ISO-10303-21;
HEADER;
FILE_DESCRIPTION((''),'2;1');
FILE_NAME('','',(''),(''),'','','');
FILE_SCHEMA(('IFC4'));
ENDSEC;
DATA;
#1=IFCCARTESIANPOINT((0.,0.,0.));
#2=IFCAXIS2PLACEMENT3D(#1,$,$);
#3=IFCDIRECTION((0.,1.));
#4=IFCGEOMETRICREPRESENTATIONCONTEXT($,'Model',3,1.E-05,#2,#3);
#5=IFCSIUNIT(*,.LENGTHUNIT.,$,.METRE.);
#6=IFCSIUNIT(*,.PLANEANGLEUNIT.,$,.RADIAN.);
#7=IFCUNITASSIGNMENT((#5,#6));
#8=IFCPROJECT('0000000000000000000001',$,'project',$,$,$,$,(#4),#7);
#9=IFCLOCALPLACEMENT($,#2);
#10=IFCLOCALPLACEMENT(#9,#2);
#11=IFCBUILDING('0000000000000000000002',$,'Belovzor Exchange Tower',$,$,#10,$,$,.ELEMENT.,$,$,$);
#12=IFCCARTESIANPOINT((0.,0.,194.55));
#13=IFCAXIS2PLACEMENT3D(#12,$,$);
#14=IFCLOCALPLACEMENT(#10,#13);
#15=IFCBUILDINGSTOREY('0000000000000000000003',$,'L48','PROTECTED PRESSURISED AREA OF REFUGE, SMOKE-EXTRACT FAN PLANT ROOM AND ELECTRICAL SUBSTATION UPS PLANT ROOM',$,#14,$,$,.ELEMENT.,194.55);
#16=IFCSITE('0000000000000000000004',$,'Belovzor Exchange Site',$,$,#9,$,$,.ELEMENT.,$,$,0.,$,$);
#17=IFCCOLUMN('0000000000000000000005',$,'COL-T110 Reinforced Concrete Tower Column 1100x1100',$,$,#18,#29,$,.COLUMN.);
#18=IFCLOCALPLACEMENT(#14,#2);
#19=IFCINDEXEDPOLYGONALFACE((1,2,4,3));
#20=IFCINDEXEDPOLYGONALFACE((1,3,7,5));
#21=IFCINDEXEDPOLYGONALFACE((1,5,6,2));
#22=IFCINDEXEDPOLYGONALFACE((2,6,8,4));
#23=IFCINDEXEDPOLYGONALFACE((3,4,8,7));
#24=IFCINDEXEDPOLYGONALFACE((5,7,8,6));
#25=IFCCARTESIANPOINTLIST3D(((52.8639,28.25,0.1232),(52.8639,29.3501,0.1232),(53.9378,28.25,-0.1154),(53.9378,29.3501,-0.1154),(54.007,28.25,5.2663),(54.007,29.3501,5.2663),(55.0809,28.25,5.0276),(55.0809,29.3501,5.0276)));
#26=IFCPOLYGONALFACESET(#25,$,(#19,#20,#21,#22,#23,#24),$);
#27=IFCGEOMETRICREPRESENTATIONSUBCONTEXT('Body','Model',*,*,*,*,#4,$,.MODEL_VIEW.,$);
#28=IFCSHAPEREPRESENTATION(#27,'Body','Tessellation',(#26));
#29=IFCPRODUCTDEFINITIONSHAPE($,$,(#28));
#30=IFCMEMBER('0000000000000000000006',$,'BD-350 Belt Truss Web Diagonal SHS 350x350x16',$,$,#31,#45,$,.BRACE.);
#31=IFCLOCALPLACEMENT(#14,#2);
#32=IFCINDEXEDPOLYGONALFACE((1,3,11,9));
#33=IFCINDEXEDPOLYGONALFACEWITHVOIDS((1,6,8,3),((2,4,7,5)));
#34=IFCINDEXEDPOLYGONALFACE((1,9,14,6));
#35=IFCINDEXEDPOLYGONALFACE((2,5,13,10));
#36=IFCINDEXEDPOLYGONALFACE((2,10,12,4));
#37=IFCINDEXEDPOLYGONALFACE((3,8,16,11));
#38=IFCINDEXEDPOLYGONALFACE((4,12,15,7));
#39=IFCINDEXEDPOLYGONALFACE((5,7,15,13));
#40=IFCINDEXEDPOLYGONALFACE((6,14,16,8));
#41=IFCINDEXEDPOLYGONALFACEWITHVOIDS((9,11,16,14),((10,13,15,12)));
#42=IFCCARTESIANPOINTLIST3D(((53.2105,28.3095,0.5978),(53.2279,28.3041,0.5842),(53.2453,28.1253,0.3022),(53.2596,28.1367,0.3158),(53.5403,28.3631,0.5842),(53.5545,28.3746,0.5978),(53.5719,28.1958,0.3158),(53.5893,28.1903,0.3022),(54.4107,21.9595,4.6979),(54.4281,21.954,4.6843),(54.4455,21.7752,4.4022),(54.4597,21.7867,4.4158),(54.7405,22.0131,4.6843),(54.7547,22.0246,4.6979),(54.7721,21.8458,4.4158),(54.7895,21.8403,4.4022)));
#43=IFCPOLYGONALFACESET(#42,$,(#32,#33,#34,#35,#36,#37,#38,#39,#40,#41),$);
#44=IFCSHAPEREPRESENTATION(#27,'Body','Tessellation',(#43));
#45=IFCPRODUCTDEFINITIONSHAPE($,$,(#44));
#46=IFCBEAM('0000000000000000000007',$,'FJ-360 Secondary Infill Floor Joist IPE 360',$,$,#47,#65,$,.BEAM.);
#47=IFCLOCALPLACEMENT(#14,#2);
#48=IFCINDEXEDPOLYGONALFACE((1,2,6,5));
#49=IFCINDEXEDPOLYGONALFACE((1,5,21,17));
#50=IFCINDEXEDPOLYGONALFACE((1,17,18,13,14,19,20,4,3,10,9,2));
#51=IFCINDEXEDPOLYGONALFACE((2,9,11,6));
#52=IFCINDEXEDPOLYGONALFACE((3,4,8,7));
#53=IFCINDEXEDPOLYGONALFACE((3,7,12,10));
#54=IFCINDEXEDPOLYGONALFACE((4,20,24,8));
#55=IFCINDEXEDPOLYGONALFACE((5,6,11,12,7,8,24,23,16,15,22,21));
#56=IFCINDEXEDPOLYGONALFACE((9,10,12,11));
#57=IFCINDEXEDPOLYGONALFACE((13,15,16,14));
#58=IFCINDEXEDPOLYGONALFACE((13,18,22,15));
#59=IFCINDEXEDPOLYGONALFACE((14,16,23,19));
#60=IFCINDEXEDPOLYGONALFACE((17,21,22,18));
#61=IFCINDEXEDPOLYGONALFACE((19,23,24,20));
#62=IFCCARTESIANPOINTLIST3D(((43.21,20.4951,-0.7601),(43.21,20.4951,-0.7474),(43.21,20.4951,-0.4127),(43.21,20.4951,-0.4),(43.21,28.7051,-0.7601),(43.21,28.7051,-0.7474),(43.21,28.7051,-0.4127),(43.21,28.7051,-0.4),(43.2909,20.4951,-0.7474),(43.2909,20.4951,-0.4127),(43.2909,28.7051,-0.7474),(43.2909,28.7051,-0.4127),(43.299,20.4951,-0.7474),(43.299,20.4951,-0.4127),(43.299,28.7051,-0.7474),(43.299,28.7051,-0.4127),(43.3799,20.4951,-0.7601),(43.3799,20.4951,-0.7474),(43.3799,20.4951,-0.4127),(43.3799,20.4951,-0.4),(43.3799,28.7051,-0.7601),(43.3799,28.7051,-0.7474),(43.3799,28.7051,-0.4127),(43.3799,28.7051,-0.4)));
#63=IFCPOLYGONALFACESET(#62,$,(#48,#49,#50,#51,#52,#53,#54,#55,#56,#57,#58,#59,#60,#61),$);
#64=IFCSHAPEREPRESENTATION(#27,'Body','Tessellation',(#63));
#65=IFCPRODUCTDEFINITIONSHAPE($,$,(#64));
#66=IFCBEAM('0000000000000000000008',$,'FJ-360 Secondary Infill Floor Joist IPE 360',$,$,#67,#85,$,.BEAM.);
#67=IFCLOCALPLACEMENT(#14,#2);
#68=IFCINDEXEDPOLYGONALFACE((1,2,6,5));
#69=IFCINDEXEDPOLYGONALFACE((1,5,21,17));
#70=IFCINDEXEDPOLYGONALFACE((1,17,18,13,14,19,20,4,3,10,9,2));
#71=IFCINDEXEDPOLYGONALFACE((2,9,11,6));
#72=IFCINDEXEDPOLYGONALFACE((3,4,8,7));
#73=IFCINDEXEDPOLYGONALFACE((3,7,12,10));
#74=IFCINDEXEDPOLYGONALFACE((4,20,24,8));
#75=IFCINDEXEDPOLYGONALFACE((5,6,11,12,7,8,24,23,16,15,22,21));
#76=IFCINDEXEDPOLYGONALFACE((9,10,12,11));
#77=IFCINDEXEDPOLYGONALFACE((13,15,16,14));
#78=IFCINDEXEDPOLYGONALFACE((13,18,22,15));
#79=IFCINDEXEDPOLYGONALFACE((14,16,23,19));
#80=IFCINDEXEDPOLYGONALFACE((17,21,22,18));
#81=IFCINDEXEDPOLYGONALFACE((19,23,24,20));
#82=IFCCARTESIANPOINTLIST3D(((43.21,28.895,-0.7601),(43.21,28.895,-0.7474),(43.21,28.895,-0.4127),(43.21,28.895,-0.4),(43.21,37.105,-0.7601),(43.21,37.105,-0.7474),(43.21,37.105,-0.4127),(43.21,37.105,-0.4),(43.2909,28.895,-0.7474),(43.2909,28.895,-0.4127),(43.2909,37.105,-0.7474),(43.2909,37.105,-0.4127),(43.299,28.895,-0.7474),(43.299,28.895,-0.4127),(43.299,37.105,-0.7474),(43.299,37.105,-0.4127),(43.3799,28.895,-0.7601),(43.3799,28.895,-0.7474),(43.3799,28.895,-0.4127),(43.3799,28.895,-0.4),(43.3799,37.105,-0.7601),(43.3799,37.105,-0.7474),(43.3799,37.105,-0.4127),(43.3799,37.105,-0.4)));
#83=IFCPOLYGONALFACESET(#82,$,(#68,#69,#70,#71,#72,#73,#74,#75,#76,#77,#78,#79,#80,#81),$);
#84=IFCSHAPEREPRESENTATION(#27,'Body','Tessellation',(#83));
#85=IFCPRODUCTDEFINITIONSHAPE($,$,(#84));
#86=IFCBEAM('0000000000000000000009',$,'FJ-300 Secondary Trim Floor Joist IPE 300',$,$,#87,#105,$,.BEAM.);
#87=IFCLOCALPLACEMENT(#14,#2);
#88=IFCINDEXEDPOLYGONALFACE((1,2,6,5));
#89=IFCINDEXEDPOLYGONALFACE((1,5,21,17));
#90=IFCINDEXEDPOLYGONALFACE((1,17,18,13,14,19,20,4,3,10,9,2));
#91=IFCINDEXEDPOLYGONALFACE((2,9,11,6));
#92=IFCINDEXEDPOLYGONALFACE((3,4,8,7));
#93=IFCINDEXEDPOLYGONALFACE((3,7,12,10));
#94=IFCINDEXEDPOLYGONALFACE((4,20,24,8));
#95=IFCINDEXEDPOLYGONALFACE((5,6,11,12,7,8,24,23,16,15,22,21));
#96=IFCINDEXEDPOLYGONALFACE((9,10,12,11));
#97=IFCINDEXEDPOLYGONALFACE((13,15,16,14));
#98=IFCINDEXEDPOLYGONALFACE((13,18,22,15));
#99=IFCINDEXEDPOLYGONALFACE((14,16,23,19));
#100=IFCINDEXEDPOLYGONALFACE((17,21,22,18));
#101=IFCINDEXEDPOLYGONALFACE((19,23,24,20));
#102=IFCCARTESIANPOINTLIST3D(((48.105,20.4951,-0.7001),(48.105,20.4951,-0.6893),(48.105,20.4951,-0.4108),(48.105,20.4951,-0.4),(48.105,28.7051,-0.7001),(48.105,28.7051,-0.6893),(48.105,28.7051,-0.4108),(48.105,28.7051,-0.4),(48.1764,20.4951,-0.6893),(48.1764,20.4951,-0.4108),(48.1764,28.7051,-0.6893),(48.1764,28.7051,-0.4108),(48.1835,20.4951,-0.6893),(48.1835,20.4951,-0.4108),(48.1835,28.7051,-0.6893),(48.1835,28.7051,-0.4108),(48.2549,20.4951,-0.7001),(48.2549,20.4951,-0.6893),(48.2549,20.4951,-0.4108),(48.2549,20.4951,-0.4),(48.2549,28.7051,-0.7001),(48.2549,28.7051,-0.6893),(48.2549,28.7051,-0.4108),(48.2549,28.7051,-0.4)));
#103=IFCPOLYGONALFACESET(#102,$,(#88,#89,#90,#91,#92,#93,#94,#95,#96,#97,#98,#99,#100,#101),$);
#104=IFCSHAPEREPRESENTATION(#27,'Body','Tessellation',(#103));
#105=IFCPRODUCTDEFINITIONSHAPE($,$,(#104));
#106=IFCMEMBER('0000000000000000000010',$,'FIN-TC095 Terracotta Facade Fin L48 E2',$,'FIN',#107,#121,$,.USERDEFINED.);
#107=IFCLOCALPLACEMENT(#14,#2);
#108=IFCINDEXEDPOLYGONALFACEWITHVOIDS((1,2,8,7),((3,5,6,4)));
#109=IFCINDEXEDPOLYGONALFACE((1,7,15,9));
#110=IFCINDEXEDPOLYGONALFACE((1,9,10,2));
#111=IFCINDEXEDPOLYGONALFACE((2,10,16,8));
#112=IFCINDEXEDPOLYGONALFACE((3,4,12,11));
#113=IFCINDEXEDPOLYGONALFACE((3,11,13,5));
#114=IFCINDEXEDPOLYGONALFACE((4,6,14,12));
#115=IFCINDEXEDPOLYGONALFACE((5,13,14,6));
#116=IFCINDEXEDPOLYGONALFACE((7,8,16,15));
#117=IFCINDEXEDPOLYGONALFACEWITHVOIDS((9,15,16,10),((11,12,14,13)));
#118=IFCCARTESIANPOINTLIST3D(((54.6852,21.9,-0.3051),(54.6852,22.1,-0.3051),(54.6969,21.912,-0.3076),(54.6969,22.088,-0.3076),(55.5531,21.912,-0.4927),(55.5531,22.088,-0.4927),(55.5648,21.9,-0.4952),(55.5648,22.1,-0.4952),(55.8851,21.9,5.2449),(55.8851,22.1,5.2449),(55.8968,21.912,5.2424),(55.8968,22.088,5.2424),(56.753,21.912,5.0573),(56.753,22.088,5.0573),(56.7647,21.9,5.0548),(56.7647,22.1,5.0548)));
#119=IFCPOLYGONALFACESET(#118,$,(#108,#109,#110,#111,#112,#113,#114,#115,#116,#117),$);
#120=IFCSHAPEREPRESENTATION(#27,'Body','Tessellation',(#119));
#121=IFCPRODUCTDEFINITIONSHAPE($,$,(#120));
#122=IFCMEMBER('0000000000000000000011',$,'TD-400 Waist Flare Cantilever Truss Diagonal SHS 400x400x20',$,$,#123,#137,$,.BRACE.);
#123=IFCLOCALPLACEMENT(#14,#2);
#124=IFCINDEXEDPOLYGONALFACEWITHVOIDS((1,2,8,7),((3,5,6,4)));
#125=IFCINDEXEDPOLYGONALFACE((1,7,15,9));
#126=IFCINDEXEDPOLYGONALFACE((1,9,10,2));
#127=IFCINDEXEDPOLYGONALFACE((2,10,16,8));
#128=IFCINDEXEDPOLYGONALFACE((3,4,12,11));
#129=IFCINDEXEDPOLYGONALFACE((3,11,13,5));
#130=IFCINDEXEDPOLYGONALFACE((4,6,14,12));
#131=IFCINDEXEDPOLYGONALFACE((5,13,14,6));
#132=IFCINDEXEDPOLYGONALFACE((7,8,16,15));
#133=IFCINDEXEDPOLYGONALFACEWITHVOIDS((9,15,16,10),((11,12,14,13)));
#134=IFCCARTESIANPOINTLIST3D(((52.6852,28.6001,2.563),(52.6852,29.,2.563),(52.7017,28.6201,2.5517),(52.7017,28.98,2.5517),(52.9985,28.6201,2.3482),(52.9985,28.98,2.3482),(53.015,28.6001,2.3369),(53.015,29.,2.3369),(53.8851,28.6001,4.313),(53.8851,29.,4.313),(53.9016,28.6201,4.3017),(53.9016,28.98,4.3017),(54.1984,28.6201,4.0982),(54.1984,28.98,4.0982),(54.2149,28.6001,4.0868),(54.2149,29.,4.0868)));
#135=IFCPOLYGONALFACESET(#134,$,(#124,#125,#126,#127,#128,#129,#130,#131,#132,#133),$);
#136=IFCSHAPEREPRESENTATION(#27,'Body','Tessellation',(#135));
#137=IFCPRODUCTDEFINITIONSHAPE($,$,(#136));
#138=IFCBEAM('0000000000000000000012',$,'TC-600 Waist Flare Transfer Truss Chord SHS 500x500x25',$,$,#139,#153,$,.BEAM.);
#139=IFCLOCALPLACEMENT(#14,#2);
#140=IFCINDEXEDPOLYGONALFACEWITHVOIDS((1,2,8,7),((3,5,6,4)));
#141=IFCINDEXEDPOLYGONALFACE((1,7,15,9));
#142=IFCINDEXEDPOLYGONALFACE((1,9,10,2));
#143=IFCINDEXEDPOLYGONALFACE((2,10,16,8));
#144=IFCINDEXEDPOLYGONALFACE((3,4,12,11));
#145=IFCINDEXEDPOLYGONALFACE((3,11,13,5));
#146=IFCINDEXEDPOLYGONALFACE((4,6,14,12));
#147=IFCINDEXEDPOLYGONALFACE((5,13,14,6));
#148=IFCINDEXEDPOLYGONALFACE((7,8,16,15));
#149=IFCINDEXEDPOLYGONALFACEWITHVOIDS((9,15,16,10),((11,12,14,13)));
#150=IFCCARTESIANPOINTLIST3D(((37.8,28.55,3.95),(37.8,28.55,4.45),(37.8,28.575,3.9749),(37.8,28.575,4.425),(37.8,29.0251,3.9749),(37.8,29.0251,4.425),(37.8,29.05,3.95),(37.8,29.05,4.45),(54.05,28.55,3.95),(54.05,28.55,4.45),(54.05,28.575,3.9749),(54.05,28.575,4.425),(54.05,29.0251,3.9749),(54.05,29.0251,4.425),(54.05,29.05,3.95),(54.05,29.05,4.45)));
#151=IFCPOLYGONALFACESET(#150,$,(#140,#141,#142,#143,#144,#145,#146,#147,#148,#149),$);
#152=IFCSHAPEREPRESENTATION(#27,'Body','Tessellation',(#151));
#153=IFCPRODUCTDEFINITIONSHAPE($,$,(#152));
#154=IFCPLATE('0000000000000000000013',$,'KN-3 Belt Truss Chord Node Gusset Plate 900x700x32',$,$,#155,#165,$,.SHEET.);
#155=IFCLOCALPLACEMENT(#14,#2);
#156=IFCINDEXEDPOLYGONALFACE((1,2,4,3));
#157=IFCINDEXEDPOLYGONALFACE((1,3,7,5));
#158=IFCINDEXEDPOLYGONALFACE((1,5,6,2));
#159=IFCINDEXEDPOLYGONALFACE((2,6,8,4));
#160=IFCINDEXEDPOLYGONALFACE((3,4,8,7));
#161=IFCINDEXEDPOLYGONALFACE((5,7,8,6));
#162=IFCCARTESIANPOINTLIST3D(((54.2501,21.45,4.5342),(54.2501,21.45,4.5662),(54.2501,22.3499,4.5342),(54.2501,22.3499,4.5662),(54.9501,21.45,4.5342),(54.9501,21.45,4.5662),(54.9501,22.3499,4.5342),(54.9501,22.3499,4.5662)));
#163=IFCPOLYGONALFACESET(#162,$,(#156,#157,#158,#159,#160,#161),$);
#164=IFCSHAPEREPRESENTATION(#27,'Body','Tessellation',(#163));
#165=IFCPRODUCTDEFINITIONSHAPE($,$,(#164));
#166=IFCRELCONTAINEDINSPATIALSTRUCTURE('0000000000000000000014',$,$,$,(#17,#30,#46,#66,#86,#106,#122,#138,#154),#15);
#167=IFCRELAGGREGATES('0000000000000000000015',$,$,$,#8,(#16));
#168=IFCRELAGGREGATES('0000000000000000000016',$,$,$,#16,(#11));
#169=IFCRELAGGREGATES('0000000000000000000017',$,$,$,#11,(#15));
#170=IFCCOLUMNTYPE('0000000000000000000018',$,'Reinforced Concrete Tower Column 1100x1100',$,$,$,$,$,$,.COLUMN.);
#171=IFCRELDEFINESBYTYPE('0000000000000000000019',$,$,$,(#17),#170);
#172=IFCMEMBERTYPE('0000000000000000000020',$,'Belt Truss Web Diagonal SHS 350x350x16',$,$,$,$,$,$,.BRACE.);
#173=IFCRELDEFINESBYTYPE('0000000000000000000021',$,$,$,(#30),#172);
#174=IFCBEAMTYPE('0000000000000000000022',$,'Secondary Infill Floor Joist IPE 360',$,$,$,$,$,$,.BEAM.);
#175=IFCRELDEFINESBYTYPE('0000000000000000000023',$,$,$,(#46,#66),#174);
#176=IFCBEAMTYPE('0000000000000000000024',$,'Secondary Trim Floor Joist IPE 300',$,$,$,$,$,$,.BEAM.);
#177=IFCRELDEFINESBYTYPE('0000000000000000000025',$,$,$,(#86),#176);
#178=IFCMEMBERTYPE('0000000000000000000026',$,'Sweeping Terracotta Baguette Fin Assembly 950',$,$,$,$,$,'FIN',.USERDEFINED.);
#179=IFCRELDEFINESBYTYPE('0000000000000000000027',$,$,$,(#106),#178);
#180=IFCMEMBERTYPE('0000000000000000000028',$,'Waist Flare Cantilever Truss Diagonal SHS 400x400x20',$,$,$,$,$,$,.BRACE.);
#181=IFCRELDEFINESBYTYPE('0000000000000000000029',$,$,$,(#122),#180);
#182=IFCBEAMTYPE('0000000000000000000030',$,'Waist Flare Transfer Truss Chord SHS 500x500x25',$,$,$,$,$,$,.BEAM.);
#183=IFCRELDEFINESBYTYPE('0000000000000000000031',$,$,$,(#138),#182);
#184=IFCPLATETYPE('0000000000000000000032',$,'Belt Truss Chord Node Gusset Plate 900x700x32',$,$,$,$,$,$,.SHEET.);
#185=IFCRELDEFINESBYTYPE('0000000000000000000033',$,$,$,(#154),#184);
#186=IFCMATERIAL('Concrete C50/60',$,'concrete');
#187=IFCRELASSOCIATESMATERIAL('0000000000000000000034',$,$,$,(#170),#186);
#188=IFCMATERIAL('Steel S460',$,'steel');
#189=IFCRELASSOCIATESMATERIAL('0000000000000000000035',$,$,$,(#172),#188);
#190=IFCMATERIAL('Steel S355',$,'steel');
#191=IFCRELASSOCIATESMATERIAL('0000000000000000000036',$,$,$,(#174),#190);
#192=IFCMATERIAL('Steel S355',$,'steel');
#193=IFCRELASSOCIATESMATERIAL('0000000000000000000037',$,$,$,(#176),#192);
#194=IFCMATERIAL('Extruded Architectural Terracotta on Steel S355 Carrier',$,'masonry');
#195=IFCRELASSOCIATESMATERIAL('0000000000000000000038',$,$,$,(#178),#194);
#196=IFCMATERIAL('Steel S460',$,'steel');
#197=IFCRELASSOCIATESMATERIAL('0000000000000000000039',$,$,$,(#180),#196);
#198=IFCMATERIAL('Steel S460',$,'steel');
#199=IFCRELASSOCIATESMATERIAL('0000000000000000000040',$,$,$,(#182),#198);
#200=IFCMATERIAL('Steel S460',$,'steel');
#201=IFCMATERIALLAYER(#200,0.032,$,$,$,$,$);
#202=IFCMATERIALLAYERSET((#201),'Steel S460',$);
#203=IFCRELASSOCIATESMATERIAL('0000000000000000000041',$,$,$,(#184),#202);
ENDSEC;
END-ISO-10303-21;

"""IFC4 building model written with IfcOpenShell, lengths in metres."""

from ifc_helpers import new_model, si_unit, direction, frame, origin, origin_2d, place, context, subcontext, project, spatial, rectangle, hollow_rectangle, i_section, extrude, material, layer, layer_set, material_profile, profile_set, type_object, element, save


model = new_model("IFC4")

# Units and contexts
model_context = context("Model", 3, precision=1e-05, world=origin(), true_north=direction((0.0, 1.0)))
body_context = subcontext(model_context, "Body", "Model", "MODEL_VIEW")
ifc_project = project(units=[si_unit("LENGTHUNIT", "METRE"), si_unit("PLANEANGLEUNIT", "RADIAN")], contexts=[model_context])

# Site, building, storey
site_placement = place(None, origin())
site = spatial("IfcSite", under=ifc_project, at=site_placement, Name="Belovzor Exchange Site", CompositionType="ELEMENT", RefElevation=0.0)
building_placement = place(site_placement, origin())
building = spatial("IfcBuilding", under=site, at=building_placement, Name="Belovzor Exchange Tower", CompositionType="ELEMENT")
storey_placement = place(building_placement, frame((0.0, 0.0, 194.55)))
storey = spatial("IfcBuildingStorey", under=building, at=storey_placement, Name="L48", Description="PROTECTED PRESSURISED AREA OF REFUGE, SMOKE-EXTRACT FAN PLANT ROOM AND ELECTRICAL SUBSTATION UPS PLANT ROOM", CompositionType="ELEMENT", Elevation=194.55)

# Column
ifc_material_1 = material(Name="Concrete C50/60", Category="concrete")
ifc_material_profile_1 = material_profile(ifc_material_1, rectangle(XDim=1.1001, YDim=1.1001, at=origin_2d()))
ifc_profile_set_1 = profile_set([ifc_material_profile_1], Name="Concrete C50/60")
column_type = type_object("IfcColumnType", Name="Reinforced Concrete Tower Column 1100x1100", PredefinedType="COLUMN", material=ifc_profile_set_1)
column_placement = place(storey_placement, frame((53.4009, 28.8, 0.0039), z_axis=(0.21696, 0.0, 0.976181), x_axis=(0.0, 1.0, 0.0)))
element("IfcColumn", 1, at=column_placement, inside=storey, type_object=column_type, Name="COL-T110 Reinforced Concrete Tower Column 1100x1100", PredefinedType="COLUMN", context=body_context, shape_type="SweptSolid", body=[
    extrude(rectangle(XDim=1.1001, YDim=1.1001, at=origin_2d()), origin(), (0.0, 0.0, 1.0), 5.2686),
])

# Member
ifc_material_2 = material(Name="Steel S460", Category="steel")
ifc_material_profile_2 = material_profile(ifc_material_2, hollow_rectangle(XDim=0.3501, YDim=0.3501, WallThickness=0.0161, at=origin_2d()))
ifc_profile_set_2 = profile_set([ifc_material_profile_2], Name="Steel S460")
member_type_1 = type_object("IfcMemberType", Name="Belt Truss Web Diagonal SHS 350x350x16", PredefinedType="BRACE", material=ifc_profile_set_2)
member_1_placement = place(storey_placement, frame((54.6001, 21.8999, 4.55), z_axis=(-0.156818, 0.829706, -0.53572), x_axis=(-0.982603, -0.185716, 0.0)))
element("IfcMember", 2, at=member_1_placement, inside=storey, type_object=member_type_1, Name="BD-350 Belt Truss Web Diagonal SHS 350x350x16", PredefinedType="BRACE", context=body_context, shape_type="SweptSolid", body=[
    extrude(hollow_rectangle(XDim=0.3501, YDim=0.3501, WallThickness=0.0161, at=origin_2d()), origin(), (0.0, 0.0, 1.0), 7.6533),
])

# Beams
ifc_material_3 = material(Name="Steel S355", Category="steel")
ifc_material_profile_3 = material_profile(ifc_material_3, i_section(OverallWidth=0.1699, OverallDepth=0.3601, WebThickness=0.0081, FlangeThickness=0.0127, at=origin_2d()))
ifc_profile_set_3 = profile_set([ifc_material_profile_3], Name="Steel S355")
beam_type_1 = type_object("IfcBeamType", Name="Secondary Infill Floor Joist IPE 360", PredefinedType="BEAM", material=ifc_profile_set_3)
for number, where, z_axis, x_axis, name in (
    (3, (43.2949, 20.4951, -0.5801), (0.0, 1.0, 0.0), (-1.0, 0.0, 0.0), "FJ-360 Secondary Infill Floor Joist IPE 360"),
    (4, (43.2949, 28.895, -0.5801), (0.0, 1.0, 0.0), (-1.0, 0.0, 0.0), "FJ-360 Secondary Infill Floor Joist IPE 360"),
):
    element("IfcBeam", number, at=place(storey_placement, frame(where, z_axis=z_axis, x_axis=x_axis)), inside=storey, type_object=beam_type_1, Name=name, PredefinedType="BEAM", context=body_context, shape_type="SweptSolid", body=[
        extrude(i_section(OverallWidth=0.1699, OverallDepth=0.3601, WebThickness=0.0081, FlangeThickness=0.0127, at=origin_2d()), origin(), (0.0, 0.0, 1.0), 8.21),
    ])
ifc_material_4 = material(Name="Steel S355", Category="steel")
ifc_material_profile_4 = material_profile(ifc_material_4, i_section(OverallWidth=0.1499, OverallDepth=0.3, WebThickness=0.0071, FlangeThickness=0.0107, at=origin_2d()))
ifc_profile_set_4 = profile_set([ifc_material_profile_4], Name="Steel S355")
beam_type_2 = type_object("IfcBeamType", Name="Secondary Trim Floor Joist IPE 300", PredefinedType="BEAM", material=ifc_profile_set_4)
beam_1_placement = place(storey_placement, frame((48.1799, 20.4951, -0.55), z_axis=(0.0, 1.0, 0.0), x_axis=(-1.0, 0.0, 0.0)))
element("IfcBeam", 5, at=beam_1_placement, inside=storey, type_object=beam_type_2, Name="FJ-300 Secondary Trim Floor Joist IPE 300", PredefinedType="BEAM", context=body_context, shape_type="SweptSolid", body=[
    extrude(i_section(OverallWidth=0.1499, OverallDepth=0.3, WebThickness=0.0071, FlangeThickness=0.0107, at=origin_2d()), origin(), (0.0, 0.0, 1.0), 8.21),
])

# Members
ifc_material_5 = material(Name="Extruded Architectural Terracotta on Steel S355 Carrier", Category="masonry")
ifc_material_profile_5 = material_profile(ifc_material_5, hollow_rectangle(XDim=0.2, YDim=0.8999, WallThickness=0.012, at=origin_2d()))
ifc_profile_set_5 = profile_set([ifc_material_profile_5], Name="Extruded Architectural Terracotta on Steel S355 Carrier")
member_type_2 = type_object("IfcMemberType", Name="Sweeping Terracotta Baguette Fin Assembly 950", ElementType="FIN", PredefinedType="USERDEFINED", material=ifc_profile_set_5)
member_2_placement = place(storey_placement, frame((55.125, 22.0, -0.4001), z_axis=(0.211323, 0.0, 0.977416), x_axis=(0.0, 1.0, 0.0)))
element("IfcMember", 6, at=member_2_placement, inside=storey, type_object=member_type_2, Name="FIN-TC095 Terracotta Facade Fin L48 E2", ObjectType="FIN", PredefinedType="USERDEFINED", context=body_context, shape_type="SweptSolid", body=[
    extrude(hollow_rectangle(XDim=0.2, YDim=0.8999, WallThickness=0.012, at=origin_2d()), origin(), (0.0, 0.0, 1.0), 5.6782),
])
ifc_material_6 = material(Name="Steel S460", Category="steel")
ifc_material_profile_6 = material_profile(ifc_material_6, hollow_rectangle(XDim=0.3999, YDim=0.3999, WallThickness=0.02, at=origin_2d()))
ifc_profile_set_6 = profile_set([ifc_material_profile_6], Name="Steel S460")
member_type_3 = type_object("IfcMemberType", Name="Waist Flare Cantilever Truss Diagonal SHS 400x400x20", PredefinedType="BRACE", material=ifc_profile_set_6)
member_3_placement = place(storey_placement, frame((52.8501, 28.8, 2.45), z_axis=(0.565513, 0.0, 0.82474), x_axis=(0.0, 1.0, 0.0)))
element("IfcMember", 7, at=member_3_placement, inside=storey, type_object=member_type_3, Name="TD-400 Waist Flare Cantilever Truss Diagonal SHS 400x400x20", PredefinedType="BRACE", context=body_context, shape_type="SweptSolid", body=[
    extrude(hollow_rectangle(XDim=0.3999, YDim=0.3999, WallThickness=0.02, at=origin_2d()), origin(), (0.0, 0.0, 1.0), 2.1218),
])

# Beam
ifc_material_7 = material(Name="Steel S460", Category="steel")
ifc_material_profile_7 = material_profile(ifc_material_7, hollow_rectangle(XDim=0.5, YDim=0.5, WallThickness=0.0249, at=origin_2d()))
ifc_profile_set_7 = profile_set([ifc_material_profile_7], Name="Steel S460")
beam_type_3 = type_object("IfcBeamType", Name="Waist Flare Transfer Truss Chord SHS 500x500x25", PredefinedType="BEAM", material=ifc_profile_set_7)
beam_2_placement = place(storey_placement, frame((37.8, 28.8, 4.2), z_axis=(1.0, 0.0, 0.0), x_axis=(0.0, 1.0, 0.0)))
element("IfcBeam", 8, at=beam_2_placement, inside=storey, type_object=beam_type_3, Name="TC-600 Waist Flare Transfer Truss Chord SHS 500x500x25", PredefinedType="BEAM", context=body_context, shape_type="SweptSolid", body=[
    extrude(hollow_rectangle(XDim=0.5, YDim=0.5, WallThickness=0.0249, at=origin_2d()), origin(), (0.0, 0.0, 1.0), 16.25),
])

# Plate
ifc_material_8 = material(Name="Steel S460", Category="steel")
ifc_layer_1 = layer(ifc_material_8, 0.032)
ifc_layer_set_1 = layer_set([ifc_layer_1], Name="Steel S460")
plate_type_1 = type_object("IfcPlateType", Name="Belt Truss Chord Node Gusset Plate 900x700x32", PredefinedType="SHEET", material=ifc_layer_set_1)
plate_1_placement = place(storey_placement, frame((54.6001, 21.8999, 4.5342), z_axis=(0.0, 0.0, 1.0), x_axis=(0.0, 1.0, 0.0)))
element("IfcPlate", 9, at=plate_1_placement, inside=storey, type_object=plate_type_1, Name="KN-3 Belt Truss Chord Node Gusset Plate 900x700x32", PredefinedType="SHEET", context=body_context, shape_type="SweptSolid", body=[
    extrude(rectangle(XDim=0.8999, YDim=0.7, at=origin_2d()), origin(), (0.0, 0.0, 1.0), 0.032),
])

save(model, "model.ifc")
